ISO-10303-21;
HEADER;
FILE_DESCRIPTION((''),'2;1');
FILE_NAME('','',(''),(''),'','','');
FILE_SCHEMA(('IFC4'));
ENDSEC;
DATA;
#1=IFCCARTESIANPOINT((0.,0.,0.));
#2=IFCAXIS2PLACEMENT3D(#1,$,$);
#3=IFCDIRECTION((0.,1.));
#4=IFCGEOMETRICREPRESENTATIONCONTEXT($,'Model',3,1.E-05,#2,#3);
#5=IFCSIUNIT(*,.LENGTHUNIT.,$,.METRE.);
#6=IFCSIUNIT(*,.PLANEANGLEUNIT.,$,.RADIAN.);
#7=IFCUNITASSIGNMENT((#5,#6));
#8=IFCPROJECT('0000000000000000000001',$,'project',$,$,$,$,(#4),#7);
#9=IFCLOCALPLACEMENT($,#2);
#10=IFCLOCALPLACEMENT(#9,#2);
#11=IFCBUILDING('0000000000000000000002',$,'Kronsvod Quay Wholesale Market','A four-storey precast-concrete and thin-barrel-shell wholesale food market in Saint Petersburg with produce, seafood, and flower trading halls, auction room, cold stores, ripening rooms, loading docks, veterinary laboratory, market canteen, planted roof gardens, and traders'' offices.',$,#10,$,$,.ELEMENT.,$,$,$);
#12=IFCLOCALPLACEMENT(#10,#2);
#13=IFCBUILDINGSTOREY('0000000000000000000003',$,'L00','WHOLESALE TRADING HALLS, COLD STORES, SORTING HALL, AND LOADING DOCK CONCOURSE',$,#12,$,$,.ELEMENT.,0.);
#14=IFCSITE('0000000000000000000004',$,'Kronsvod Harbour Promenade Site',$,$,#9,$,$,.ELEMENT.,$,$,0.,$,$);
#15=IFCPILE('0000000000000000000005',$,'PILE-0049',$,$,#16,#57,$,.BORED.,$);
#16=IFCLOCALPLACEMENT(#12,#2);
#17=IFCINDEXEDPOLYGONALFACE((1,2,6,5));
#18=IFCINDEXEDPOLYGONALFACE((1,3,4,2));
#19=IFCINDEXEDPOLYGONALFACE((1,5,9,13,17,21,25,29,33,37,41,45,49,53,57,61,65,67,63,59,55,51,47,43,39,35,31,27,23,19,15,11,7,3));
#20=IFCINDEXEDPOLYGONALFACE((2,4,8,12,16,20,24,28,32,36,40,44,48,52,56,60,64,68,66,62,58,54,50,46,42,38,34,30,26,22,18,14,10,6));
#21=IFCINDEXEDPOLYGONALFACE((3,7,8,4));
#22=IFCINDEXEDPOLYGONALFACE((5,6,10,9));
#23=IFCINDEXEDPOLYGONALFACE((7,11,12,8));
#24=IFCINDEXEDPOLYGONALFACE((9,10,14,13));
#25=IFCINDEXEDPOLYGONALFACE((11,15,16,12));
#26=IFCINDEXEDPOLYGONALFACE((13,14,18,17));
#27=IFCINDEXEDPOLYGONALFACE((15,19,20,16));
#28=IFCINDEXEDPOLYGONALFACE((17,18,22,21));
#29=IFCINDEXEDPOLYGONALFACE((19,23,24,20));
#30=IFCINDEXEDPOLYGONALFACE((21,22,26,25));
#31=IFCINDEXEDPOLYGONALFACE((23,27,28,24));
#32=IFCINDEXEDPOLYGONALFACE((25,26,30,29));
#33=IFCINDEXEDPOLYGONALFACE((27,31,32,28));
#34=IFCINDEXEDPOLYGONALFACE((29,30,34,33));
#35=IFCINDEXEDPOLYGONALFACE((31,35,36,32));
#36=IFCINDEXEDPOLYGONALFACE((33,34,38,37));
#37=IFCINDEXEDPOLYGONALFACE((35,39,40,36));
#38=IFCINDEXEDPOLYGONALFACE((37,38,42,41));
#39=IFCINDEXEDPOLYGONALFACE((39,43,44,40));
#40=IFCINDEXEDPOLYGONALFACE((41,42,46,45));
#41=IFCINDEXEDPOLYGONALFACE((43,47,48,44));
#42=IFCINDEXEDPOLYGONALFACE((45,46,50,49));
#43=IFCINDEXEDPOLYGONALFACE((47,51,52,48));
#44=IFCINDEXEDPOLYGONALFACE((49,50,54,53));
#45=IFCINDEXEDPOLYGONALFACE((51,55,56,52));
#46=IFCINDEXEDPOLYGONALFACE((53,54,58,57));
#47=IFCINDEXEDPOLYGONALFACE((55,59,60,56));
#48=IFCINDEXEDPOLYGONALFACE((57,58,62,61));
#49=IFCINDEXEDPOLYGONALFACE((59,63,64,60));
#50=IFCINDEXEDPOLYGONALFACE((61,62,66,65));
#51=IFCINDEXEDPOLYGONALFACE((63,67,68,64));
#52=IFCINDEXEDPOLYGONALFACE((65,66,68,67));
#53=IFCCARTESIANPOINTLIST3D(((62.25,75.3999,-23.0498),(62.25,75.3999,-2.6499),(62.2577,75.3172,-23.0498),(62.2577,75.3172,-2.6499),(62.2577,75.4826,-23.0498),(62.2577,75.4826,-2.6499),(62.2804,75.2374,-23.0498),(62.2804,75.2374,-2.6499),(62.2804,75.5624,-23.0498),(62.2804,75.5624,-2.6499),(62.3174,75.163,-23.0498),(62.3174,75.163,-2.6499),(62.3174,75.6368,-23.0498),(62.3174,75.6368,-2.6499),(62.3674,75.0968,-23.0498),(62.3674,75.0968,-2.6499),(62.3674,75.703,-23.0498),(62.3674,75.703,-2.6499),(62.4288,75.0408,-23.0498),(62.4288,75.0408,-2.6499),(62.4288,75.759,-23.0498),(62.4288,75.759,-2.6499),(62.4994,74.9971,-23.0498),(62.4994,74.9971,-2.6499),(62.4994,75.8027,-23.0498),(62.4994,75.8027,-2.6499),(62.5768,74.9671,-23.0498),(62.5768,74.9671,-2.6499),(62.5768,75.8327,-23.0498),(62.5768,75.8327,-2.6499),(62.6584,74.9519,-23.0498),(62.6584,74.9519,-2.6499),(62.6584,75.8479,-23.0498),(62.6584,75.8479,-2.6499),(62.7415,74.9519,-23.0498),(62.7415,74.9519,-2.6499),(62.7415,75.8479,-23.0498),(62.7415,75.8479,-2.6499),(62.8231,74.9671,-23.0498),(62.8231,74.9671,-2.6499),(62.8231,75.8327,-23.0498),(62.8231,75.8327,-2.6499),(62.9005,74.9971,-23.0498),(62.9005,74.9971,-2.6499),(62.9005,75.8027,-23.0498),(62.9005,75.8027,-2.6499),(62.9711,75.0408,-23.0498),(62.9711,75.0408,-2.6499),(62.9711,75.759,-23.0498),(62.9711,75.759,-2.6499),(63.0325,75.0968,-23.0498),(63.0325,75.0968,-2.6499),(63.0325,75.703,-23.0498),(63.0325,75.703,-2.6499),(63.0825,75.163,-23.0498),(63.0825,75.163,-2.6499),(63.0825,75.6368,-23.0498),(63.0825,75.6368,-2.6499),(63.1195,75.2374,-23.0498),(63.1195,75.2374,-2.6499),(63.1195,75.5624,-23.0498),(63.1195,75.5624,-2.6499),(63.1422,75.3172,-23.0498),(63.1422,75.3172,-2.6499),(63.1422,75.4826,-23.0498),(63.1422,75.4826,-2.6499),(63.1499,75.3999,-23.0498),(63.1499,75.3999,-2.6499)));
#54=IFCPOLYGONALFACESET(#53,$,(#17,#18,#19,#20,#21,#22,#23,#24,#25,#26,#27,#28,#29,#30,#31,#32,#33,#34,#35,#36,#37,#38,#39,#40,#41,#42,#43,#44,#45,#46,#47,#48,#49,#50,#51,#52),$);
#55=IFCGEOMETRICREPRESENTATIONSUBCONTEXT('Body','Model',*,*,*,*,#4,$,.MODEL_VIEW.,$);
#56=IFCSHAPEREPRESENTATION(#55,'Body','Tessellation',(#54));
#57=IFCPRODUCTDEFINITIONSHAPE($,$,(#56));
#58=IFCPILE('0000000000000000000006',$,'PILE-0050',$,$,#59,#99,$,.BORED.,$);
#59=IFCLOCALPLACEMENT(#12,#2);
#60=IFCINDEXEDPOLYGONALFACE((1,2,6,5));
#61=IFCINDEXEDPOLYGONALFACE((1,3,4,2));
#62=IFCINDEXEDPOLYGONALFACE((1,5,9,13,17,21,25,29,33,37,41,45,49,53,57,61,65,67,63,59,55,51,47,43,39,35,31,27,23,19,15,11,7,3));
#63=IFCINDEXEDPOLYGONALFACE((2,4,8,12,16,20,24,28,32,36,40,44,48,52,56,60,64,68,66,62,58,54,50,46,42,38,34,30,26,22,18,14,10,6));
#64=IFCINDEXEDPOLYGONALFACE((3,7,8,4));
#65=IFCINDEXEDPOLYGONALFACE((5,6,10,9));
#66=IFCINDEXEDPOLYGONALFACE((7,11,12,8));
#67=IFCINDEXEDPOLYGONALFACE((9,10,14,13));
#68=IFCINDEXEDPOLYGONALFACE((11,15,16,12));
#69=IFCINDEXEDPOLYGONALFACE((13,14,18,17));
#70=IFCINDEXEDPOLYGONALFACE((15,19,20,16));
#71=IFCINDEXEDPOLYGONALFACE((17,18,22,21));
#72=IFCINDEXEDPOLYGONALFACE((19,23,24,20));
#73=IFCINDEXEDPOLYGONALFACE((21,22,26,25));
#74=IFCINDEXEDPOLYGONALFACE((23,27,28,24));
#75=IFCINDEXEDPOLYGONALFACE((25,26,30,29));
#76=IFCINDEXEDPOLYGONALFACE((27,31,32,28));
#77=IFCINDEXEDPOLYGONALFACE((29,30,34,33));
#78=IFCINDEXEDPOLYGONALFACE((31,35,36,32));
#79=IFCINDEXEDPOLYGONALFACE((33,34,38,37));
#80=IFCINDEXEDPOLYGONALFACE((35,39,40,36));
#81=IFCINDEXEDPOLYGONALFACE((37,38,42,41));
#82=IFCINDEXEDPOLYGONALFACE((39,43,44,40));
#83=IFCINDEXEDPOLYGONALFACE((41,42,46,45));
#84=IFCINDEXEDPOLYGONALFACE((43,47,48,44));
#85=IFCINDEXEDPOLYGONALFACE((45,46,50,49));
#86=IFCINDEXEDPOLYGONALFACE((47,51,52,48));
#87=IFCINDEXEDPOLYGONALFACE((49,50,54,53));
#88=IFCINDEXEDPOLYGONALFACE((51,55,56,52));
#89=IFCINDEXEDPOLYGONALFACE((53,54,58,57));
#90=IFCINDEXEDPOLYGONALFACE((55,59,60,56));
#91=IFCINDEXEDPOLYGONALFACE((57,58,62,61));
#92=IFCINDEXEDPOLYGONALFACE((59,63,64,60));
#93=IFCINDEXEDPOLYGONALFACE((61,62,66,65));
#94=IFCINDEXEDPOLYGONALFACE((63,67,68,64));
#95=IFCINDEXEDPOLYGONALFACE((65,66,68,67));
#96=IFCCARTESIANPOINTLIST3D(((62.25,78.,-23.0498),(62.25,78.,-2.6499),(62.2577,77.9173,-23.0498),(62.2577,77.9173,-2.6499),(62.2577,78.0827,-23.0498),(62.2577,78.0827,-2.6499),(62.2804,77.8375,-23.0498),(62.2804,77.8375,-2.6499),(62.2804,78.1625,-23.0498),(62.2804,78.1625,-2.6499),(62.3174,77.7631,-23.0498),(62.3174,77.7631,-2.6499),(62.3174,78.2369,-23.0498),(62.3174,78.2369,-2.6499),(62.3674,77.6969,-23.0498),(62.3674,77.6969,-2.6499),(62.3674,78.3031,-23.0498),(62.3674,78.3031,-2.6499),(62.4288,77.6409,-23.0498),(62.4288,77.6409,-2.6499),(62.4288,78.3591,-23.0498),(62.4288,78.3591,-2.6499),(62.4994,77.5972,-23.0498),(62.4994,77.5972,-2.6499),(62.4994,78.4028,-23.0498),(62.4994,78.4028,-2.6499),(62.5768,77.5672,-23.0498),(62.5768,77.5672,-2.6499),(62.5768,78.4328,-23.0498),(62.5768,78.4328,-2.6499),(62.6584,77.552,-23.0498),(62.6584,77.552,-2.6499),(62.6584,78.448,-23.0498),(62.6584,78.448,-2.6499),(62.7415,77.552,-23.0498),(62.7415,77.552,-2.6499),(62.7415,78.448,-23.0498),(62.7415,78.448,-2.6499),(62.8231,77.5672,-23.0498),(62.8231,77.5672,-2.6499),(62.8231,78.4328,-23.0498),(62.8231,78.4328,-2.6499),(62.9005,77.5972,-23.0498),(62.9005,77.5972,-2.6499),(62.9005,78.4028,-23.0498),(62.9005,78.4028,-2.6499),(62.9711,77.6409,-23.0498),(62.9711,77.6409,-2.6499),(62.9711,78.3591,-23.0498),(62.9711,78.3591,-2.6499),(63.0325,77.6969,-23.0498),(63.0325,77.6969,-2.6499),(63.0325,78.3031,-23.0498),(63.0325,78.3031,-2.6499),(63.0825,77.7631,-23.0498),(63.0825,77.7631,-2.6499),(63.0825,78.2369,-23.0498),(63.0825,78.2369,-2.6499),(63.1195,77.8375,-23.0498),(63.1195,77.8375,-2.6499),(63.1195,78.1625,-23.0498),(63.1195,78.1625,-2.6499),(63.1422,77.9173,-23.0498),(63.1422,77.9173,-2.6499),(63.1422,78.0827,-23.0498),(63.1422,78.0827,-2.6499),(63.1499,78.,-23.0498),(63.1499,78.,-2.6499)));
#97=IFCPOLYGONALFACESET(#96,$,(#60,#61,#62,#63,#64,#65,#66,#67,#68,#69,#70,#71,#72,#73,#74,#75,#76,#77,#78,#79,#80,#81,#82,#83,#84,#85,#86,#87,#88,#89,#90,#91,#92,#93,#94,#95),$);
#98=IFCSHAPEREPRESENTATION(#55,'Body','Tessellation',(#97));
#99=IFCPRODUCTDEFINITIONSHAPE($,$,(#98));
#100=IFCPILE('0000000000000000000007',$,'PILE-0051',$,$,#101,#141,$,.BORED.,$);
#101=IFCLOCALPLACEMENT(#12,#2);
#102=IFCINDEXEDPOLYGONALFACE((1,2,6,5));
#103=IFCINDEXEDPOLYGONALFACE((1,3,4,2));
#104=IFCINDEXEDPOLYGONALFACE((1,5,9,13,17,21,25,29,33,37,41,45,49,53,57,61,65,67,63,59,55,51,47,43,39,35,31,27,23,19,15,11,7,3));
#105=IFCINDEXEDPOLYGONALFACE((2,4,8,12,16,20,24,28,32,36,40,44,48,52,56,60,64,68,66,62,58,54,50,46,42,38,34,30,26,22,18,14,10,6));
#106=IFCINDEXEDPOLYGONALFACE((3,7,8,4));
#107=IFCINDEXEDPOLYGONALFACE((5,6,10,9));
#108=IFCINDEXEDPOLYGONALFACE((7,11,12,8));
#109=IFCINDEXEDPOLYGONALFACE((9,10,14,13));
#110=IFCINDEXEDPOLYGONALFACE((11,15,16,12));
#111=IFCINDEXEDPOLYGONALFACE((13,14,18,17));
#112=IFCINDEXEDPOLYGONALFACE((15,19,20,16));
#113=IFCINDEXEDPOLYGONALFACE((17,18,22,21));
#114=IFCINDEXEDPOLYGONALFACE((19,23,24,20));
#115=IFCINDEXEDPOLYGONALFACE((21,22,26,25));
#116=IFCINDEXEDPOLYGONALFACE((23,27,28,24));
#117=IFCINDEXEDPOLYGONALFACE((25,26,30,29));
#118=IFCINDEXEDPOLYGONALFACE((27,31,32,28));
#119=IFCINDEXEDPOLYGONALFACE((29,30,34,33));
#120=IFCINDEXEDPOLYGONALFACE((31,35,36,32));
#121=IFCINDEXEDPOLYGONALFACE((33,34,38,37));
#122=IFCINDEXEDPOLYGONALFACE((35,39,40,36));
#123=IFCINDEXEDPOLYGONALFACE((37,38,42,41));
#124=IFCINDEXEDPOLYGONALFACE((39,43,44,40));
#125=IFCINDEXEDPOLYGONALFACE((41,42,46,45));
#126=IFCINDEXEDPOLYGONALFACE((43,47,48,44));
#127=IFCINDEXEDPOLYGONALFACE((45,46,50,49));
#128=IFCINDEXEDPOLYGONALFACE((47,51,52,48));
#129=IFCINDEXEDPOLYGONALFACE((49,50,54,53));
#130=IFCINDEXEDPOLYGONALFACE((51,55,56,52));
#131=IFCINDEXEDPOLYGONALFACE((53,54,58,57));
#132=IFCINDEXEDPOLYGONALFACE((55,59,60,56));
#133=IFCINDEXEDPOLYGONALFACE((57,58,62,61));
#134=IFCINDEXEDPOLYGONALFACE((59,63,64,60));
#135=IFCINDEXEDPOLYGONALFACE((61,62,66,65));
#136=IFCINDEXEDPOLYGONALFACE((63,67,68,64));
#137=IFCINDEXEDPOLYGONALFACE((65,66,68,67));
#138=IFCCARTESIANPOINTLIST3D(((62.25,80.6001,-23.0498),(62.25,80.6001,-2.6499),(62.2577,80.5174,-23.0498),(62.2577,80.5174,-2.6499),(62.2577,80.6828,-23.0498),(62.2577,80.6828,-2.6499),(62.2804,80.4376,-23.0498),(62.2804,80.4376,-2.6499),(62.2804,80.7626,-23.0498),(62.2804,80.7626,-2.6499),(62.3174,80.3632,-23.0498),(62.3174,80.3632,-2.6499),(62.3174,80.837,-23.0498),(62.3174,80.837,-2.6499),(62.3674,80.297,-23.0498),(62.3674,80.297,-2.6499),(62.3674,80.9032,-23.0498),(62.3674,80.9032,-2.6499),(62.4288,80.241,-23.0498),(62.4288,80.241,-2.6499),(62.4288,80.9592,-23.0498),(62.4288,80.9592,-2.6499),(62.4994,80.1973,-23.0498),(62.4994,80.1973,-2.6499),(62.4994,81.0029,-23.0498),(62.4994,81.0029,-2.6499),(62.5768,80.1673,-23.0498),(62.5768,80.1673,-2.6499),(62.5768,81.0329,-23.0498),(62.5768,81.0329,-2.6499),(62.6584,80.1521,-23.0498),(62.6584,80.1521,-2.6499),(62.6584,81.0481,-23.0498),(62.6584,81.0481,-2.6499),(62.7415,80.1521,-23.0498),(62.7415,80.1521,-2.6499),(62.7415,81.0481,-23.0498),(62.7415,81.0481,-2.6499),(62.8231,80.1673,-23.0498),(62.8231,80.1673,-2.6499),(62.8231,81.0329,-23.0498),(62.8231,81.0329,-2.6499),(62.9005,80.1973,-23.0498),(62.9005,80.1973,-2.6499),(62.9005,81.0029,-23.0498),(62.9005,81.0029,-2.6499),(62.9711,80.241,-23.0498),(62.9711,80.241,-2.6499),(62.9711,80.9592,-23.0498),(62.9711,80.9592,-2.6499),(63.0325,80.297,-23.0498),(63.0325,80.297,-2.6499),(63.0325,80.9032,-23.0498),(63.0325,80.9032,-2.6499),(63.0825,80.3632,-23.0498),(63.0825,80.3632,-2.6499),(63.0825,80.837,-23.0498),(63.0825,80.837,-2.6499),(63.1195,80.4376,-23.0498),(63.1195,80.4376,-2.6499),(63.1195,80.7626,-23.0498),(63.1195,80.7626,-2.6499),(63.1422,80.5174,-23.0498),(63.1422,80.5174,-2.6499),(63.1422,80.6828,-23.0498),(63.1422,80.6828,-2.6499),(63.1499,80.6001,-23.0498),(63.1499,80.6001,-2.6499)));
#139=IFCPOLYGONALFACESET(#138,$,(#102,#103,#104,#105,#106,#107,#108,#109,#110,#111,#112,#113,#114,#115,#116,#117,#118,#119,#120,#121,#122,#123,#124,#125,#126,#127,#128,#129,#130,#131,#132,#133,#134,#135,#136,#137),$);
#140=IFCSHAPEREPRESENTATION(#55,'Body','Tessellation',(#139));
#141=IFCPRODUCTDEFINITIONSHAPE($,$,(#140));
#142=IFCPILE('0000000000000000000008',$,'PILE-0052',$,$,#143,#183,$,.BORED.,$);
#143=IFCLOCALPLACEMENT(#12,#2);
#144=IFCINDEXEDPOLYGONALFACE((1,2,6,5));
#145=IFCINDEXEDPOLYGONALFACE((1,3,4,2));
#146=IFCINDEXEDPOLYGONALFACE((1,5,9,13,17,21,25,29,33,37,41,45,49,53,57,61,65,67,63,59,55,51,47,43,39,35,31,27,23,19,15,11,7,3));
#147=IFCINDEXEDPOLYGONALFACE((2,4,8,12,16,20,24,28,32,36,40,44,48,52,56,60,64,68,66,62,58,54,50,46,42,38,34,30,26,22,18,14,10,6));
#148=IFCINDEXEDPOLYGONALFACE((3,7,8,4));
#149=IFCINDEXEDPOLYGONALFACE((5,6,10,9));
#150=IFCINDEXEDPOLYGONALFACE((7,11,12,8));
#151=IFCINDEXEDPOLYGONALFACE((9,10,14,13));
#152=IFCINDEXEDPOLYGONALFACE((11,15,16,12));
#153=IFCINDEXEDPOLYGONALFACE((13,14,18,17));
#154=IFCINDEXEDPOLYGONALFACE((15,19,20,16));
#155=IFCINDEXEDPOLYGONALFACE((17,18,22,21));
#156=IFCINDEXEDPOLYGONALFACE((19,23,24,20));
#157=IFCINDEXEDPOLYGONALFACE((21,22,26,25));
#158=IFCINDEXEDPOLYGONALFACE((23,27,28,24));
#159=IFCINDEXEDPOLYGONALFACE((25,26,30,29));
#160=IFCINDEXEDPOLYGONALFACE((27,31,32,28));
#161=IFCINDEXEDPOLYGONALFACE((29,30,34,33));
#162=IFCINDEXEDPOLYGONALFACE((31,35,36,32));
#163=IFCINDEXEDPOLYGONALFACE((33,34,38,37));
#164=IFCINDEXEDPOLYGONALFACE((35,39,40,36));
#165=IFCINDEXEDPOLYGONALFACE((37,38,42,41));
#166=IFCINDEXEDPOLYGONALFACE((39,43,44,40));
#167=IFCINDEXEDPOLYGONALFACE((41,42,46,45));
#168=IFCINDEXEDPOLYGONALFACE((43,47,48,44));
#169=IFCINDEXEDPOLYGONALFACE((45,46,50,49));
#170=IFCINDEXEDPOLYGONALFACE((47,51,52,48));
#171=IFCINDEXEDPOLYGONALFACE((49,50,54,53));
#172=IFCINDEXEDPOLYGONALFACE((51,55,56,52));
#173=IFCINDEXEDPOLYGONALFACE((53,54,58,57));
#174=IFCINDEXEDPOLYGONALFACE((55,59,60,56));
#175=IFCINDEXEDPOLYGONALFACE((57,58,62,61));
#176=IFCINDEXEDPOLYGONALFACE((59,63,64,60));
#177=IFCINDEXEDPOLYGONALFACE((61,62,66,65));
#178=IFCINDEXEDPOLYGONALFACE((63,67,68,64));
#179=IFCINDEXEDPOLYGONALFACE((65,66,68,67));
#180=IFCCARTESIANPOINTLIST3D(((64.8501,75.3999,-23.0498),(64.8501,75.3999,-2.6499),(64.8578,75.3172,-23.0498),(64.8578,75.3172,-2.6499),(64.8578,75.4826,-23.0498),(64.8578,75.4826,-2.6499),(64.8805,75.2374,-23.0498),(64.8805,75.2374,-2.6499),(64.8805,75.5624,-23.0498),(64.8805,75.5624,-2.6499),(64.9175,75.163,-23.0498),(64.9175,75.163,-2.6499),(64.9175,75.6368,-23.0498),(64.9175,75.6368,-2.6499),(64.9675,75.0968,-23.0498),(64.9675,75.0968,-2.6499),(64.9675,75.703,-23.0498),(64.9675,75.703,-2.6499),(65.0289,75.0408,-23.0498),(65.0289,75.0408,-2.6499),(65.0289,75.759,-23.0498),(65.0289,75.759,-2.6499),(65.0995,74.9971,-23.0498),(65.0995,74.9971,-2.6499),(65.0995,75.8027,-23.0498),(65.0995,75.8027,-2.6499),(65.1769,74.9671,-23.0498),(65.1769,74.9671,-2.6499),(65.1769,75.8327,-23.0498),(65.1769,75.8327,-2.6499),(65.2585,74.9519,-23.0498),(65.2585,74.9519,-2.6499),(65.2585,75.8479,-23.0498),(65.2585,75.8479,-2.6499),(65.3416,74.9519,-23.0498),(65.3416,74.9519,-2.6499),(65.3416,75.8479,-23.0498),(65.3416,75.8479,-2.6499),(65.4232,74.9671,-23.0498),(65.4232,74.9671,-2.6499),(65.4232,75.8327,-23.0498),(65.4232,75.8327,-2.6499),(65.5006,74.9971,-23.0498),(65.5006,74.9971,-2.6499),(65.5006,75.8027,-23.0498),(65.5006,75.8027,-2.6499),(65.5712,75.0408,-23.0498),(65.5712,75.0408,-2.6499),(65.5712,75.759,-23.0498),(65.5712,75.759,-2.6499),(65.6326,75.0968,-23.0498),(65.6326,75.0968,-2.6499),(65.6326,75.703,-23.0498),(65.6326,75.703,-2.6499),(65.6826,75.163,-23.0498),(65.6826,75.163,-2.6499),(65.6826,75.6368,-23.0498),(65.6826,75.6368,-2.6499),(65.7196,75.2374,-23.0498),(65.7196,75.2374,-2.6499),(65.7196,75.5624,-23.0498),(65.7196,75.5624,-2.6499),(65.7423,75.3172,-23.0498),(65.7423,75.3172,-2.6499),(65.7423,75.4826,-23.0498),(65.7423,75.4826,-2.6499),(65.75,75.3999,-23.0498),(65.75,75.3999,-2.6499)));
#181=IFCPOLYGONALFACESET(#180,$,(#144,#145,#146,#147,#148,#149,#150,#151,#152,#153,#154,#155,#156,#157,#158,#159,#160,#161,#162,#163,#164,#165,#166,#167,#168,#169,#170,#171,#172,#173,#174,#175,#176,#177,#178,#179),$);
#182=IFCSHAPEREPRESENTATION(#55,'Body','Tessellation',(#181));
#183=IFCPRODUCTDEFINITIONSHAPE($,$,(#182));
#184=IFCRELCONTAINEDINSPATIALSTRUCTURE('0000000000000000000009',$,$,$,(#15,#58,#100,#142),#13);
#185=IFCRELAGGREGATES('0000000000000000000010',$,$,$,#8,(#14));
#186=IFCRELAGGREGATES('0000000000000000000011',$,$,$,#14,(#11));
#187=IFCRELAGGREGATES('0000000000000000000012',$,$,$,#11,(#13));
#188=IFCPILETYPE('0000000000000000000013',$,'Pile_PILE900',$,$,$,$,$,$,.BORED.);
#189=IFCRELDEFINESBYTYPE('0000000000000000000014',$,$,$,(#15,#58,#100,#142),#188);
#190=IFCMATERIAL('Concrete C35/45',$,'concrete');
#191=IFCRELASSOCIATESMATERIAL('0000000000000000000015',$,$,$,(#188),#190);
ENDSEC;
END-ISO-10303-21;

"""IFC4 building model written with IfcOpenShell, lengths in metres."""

from ifc_helpers import new_model, si_unit, direction, frame, origin, origin_2d, place, context, subcontext, project, spatial, circle, extrude, material, material_profile, profile_set, type_object, element, save


model = new_model("IFC4")

# Units and contexts
model_context = context("Model", 3, precision=1e-05, world=origin(), true_north=direction((0.0, 1.0)))
body_context = subcontext(model_context, "Body", "Model", "MODEL_VIEW")
ifc_project = project(units=[si_unit("LENGTHUNIT", "METRE"), si_unit("PLANEANGLEUNIT", "RADIAN")], contexts=[model_context])

# Site, building, storey
site_placement = place(None, origin())
site = spatial("IfcSite", under=ifc_project, at=site_placement, Name="Kronsvod Harbour Promenade Site", CompositionType="ELEMENT", RefElevation=0.0)
building_placement = place(site_placement, origin())
building = spatial("IfcBuilding", under=site, at=building_placement, Name="Kronsvod Quay Wholesale Market", Description="A four-storey precast-concrete and thin-barrel-shell wholesale food market in Saint Petersburg with produce, seafood, and flower trading halls, auction room, cold stores, ripening rooms, loading docks, veterinary laboratory, market canteen, planted roof gardens, and traders' offices.", CompositionType="ELEMENT")
storey_placement = place(building_placement, origin())
storey = spatial("IfcBuildingStorey", under=building, at=storey_placement, Name="L00", Description="WHOLESALE TRADING HALLS, COLD STORES, SORTING HALL, AND LOADING DOCK CONCOURSE", CompositionType="ELEMENT", Elevation=0.0)

# Piles
ifc_material_1 = material(Name="Concrete C35/45", Category="concrete")
ifc_material_profile_1 = material_profile(ifc_material_1, circle(Radius=0.45, at=origin_2d()), Name="PILE900")
ifc_profile_set_1 = profile_set([ifc_material_profile_1], Name="Concrete C35/45")
pile_type_1 = type_object("IfcPileType", Name="Pile_PILE900", PredefinedType="BORED", material=ifc_profile_set_1)
for number, where, z_axis, x_axis, name in (
    (1, (62.7, 75.3999, -2.6499), (0.0, 0.0, -1.0), (1.0, 0.0, 0.0), "PILE-0049"),
    (2, (62.7, 78.0, -2.6499), (0.0, 0.0, -1.0), (1.0, 0.0, 0.0), "PILE-0050"),
    (3, (62.7, 80.6001, -2.6499), (0.0, 0.0, -1.0), (1.0, 0.0, 0.0), "PILE-0051"),
    (4, (65.3, 75.3999, -2.6499), (0.0, 0.0, -1.0), (1.0, 0.0, 0.0), "PILE-0052"),
):
    element("IfcPile", number, at=place(storey_placement, frame(where, z_axis=z_axis, x_axis=x_axis)), inside=storey, type_object=pile_type_1, Name=name, PredefinedType="BORED", context=body_context, shape_type="SweptSolid", body=[
        extrude(circle(Radius=0.45, at=origin_2d()), origin(), (0.0, 0.0, 1.0), 20.3999),
    ])

save(model, "model.ifc")
